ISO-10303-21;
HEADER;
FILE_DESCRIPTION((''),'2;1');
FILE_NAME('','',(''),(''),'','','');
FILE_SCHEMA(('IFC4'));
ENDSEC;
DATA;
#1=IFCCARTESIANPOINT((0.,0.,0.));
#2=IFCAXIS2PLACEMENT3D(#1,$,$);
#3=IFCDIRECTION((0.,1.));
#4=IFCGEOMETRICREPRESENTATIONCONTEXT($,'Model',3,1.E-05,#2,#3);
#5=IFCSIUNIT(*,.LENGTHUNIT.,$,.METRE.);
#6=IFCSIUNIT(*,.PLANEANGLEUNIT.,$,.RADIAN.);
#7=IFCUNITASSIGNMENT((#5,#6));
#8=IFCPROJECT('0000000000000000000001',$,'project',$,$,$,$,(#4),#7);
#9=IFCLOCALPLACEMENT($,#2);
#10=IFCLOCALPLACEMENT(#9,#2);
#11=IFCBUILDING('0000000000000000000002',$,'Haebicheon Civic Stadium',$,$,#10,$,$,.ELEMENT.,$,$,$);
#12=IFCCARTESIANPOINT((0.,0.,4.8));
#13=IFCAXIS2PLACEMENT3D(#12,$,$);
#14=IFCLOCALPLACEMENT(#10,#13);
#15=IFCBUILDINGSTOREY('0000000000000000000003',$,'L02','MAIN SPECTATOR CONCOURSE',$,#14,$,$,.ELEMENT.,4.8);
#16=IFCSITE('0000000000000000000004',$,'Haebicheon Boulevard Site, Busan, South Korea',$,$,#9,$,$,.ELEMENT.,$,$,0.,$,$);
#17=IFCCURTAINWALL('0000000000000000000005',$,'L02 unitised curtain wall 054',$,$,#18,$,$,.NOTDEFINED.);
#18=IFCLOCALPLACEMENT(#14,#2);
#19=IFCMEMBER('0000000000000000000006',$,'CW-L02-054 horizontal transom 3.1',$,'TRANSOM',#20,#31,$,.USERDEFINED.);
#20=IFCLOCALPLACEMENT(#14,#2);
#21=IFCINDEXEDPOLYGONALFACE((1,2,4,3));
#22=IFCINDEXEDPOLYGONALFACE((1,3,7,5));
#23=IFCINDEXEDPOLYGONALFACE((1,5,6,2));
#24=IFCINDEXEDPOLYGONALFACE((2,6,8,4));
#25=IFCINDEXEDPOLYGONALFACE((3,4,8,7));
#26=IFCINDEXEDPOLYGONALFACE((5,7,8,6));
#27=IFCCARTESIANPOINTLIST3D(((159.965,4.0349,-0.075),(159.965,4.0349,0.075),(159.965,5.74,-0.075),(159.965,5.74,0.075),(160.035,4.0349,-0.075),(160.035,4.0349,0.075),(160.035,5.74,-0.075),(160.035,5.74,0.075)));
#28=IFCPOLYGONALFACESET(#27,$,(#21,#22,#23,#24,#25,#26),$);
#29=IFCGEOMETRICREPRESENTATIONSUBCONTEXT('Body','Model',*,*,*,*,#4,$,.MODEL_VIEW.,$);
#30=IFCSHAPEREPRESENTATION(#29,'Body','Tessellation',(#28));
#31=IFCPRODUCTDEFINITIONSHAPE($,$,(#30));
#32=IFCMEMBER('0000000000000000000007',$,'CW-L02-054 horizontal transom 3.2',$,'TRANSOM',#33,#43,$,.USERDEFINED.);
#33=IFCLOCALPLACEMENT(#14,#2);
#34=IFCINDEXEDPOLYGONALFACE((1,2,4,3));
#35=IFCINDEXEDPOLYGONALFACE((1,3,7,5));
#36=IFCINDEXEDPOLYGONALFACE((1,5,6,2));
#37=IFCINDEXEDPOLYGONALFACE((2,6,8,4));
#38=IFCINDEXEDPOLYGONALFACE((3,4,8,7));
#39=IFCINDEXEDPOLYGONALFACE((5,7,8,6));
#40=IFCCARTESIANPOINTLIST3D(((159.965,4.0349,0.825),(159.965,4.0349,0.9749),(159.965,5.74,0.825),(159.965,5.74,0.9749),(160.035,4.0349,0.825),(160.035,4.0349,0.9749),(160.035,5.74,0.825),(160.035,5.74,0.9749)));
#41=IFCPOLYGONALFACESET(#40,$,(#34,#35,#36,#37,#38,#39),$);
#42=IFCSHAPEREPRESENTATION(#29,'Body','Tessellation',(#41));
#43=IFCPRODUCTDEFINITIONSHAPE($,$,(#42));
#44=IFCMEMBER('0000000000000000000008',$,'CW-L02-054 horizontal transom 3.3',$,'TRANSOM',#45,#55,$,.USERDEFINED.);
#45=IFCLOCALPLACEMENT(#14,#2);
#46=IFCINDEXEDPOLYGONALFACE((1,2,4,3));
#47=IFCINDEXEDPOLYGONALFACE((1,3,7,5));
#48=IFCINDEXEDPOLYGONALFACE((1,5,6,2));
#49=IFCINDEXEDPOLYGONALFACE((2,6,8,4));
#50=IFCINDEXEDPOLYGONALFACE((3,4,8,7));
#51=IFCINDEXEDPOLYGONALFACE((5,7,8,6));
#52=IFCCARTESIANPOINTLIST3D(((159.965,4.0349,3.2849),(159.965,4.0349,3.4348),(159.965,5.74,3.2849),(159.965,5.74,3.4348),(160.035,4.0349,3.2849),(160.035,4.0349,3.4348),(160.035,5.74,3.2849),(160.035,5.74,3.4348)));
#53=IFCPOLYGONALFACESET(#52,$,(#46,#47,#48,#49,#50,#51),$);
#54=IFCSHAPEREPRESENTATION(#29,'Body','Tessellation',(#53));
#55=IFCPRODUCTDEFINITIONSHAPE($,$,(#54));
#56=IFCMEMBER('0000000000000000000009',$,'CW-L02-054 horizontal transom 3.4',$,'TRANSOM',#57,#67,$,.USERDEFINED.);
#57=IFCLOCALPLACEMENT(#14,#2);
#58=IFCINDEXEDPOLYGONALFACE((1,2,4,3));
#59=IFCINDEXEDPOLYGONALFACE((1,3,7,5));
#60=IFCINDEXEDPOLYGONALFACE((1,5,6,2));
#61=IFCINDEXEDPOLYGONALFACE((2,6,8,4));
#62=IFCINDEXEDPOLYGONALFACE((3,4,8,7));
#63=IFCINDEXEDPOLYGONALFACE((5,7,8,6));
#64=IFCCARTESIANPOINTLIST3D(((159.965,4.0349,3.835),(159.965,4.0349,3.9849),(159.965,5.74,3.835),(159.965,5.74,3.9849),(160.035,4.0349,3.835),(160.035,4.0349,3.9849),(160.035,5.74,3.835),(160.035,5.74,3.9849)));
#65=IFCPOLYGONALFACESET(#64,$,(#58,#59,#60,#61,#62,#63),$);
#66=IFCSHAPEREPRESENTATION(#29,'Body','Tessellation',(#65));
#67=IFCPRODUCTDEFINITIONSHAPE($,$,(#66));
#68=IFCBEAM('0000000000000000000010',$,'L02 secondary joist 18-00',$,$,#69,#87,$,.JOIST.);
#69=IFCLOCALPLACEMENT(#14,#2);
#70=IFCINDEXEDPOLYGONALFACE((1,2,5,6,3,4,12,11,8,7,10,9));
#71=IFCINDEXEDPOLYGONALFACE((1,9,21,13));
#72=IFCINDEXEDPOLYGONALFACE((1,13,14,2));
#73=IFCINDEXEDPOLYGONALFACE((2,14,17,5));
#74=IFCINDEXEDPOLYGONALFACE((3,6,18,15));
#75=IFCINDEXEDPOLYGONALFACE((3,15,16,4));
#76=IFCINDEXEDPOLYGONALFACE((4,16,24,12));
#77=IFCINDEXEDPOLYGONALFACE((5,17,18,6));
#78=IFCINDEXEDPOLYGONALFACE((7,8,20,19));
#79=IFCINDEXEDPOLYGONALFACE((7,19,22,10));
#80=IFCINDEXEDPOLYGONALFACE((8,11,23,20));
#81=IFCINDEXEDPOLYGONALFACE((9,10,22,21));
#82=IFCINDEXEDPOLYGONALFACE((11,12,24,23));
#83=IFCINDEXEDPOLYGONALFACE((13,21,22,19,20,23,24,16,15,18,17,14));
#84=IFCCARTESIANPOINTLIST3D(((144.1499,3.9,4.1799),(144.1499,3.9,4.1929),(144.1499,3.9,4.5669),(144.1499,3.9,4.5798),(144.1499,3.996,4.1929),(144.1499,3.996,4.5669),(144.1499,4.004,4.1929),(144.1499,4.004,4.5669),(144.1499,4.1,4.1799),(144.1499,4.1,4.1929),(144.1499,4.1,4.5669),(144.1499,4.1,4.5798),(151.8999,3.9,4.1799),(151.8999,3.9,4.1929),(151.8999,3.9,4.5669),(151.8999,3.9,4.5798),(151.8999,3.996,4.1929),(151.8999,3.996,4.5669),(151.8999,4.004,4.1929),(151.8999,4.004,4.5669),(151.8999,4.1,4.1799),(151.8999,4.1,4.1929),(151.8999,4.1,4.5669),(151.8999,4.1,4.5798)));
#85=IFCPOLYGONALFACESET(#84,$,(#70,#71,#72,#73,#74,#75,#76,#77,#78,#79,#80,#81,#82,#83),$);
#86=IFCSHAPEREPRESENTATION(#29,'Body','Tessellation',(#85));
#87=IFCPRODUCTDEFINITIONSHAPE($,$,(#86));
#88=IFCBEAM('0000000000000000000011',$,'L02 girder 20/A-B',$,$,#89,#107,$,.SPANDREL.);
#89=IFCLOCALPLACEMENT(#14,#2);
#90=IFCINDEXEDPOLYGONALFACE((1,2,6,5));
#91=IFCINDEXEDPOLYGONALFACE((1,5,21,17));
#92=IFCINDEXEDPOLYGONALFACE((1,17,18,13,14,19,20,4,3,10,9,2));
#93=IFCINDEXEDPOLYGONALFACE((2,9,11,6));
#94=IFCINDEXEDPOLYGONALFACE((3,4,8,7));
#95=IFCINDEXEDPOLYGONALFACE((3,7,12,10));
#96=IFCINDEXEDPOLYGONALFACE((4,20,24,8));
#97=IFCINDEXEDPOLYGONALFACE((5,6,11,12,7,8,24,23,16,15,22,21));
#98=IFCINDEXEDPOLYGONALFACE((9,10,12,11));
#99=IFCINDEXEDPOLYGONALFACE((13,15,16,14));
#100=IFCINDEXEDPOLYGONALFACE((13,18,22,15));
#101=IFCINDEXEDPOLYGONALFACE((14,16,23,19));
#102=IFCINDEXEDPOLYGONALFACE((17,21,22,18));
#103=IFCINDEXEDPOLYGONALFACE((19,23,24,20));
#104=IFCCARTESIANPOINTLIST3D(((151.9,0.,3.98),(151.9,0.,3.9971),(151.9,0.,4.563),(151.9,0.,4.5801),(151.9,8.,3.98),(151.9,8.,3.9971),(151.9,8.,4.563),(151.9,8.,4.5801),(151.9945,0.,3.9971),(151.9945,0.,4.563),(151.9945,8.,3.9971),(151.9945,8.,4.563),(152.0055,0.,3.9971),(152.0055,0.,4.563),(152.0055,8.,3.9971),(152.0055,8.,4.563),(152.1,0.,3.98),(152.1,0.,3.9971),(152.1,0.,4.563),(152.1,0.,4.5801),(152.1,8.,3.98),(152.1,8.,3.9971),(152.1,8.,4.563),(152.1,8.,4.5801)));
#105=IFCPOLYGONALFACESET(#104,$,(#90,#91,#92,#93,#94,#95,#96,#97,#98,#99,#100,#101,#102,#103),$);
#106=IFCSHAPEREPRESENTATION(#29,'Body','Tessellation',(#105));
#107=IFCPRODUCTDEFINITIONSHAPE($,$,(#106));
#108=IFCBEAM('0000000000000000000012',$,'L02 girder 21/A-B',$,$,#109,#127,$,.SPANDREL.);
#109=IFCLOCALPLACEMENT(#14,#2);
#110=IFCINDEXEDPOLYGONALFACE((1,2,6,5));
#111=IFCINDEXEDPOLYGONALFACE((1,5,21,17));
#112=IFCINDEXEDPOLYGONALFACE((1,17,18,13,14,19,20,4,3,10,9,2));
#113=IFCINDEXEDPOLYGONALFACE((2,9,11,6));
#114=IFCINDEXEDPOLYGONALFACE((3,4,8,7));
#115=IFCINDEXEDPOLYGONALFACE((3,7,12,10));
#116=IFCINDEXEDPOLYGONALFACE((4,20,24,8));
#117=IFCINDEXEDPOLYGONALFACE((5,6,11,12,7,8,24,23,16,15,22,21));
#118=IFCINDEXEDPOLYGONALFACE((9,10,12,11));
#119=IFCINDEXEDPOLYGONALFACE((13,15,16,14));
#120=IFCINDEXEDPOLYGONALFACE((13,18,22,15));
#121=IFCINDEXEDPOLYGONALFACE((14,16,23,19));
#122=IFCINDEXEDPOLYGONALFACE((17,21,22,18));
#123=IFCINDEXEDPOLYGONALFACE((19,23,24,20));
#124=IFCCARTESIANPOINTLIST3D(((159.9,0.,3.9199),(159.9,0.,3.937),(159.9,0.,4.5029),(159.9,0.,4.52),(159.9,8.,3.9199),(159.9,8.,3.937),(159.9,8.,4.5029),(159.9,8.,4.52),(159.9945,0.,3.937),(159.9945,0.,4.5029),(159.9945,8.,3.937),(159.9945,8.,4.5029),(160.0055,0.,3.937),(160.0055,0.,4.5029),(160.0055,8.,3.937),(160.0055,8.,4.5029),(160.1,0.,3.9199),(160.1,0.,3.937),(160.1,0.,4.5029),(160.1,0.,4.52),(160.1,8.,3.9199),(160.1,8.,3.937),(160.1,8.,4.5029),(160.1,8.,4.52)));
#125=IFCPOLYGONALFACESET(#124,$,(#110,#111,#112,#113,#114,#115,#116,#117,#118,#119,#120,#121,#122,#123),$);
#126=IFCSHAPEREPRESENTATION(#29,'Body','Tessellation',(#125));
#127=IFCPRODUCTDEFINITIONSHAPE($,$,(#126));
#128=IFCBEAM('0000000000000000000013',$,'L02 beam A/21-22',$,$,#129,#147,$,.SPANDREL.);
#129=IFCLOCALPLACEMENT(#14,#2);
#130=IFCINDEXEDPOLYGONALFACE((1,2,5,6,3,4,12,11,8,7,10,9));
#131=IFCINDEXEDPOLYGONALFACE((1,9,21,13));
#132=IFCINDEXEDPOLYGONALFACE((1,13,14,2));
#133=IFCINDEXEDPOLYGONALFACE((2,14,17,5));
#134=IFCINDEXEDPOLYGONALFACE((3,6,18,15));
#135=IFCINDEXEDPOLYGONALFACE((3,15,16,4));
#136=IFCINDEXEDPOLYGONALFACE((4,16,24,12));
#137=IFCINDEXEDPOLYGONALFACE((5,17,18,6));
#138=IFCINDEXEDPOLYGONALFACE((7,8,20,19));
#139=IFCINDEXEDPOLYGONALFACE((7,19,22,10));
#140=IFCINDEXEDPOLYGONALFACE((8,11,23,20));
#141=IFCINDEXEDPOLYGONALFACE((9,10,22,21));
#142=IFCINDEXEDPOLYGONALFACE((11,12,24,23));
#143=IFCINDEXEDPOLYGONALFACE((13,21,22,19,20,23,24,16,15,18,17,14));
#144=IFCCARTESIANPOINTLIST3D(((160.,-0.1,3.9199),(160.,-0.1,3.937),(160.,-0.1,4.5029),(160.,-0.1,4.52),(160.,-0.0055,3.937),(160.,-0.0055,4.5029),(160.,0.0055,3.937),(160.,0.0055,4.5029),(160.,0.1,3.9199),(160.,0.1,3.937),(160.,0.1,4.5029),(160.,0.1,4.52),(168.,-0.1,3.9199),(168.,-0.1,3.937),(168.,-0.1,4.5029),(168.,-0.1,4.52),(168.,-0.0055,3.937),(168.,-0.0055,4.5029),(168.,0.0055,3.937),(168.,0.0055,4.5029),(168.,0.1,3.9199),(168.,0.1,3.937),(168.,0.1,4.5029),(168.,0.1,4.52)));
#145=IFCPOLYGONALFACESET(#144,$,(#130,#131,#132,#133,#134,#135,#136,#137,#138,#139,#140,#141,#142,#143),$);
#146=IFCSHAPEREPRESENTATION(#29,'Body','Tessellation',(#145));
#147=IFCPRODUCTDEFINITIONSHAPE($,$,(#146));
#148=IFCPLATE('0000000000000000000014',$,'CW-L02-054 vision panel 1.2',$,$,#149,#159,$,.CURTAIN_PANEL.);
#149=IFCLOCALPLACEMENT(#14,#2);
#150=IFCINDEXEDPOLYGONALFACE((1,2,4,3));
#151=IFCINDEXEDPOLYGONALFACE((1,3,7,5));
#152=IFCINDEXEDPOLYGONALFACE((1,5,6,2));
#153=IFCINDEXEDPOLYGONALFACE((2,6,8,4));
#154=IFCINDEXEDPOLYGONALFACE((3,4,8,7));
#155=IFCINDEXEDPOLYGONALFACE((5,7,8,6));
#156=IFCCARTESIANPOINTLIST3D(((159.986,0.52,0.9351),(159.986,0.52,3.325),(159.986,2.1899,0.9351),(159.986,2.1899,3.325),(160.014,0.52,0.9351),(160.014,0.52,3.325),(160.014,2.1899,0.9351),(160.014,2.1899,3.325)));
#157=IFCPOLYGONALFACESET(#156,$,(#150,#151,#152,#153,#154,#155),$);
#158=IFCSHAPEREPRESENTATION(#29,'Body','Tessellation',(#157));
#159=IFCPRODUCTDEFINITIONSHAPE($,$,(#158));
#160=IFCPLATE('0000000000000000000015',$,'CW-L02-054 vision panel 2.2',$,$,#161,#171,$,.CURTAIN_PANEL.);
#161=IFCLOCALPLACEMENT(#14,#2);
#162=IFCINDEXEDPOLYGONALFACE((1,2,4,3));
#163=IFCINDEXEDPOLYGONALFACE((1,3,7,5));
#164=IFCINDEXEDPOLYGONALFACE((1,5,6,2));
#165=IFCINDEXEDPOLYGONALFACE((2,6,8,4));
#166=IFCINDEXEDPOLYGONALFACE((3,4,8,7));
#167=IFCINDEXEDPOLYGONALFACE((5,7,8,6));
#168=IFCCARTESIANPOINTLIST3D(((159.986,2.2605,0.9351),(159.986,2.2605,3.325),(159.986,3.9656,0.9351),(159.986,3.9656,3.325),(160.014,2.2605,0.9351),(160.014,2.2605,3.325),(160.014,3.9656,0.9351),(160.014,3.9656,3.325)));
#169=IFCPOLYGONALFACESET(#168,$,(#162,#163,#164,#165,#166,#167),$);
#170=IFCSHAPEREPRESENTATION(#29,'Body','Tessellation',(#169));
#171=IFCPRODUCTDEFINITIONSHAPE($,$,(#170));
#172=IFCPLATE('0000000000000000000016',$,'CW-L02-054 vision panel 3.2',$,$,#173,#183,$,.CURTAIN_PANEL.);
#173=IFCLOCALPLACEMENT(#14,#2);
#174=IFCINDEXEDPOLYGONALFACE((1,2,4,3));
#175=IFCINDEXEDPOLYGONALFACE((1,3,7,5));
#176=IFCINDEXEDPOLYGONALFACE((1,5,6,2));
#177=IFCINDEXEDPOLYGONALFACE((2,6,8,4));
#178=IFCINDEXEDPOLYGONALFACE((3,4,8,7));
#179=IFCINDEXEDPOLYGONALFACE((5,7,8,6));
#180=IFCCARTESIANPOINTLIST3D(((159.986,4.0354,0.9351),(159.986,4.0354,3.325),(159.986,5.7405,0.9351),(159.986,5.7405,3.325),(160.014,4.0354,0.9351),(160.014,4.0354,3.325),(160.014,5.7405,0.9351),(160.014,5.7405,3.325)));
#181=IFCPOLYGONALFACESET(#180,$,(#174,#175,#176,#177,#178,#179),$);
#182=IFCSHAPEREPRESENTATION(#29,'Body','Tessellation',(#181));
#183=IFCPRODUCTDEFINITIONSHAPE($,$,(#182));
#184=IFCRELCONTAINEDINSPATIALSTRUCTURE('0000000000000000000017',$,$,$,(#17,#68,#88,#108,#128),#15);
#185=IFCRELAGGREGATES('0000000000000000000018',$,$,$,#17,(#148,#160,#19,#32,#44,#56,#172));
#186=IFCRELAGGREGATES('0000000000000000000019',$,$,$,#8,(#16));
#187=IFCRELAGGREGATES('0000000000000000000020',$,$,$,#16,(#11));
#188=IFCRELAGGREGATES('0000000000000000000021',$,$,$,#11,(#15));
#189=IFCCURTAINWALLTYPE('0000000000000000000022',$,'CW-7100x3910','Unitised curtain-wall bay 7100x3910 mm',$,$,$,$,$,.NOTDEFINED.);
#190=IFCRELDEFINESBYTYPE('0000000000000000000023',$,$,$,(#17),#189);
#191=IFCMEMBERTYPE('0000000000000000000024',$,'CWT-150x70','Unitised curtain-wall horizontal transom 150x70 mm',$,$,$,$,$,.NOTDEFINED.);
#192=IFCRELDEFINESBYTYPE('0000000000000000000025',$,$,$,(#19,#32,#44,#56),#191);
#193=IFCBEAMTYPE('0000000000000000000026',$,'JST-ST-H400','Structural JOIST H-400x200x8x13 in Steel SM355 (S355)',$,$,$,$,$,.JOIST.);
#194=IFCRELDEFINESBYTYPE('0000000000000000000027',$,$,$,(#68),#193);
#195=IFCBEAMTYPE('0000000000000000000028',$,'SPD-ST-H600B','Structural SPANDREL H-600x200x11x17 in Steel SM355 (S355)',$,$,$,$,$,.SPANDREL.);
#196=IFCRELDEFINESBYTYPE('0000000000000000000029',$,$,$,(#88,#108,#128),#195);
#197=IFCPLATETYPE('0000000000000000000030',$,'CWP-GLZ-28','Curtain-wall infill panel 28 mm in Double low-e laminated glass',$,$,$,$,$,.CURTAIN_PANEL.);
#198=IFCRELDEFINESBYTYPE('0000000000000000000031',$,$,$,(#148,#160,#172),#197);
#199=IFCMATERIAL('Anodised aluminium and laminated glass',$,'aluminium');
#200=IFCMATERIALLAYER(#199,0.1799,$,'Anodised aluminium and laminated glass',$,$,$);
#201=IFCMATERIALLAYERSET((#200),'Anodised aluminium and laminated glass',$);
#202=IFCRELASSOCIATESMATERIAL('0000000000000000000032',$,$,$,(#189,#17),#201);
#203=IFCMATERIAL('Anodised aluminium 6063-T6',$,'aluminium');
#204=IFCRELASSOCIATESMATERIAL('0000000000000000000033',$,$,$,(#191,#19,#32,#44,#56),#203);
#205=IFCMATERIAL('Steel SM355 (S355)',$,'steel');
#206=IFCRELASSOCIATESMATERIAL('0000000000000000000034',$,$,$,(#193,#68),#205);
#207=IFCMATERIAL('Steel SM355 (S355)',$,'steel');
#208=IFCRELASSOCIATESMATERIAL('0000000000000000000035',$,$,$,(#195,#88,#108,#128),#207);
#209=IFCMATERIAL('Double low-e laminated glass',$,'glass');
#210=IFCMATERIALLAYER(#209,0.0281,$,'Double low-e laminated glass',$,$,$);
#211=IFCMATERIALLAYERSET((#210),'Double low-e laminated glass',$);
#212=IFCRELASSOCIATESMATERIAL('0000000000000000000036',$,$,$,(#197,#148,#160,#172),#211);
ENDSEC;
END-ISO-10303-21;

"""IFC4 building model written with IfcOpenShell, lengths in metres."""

from ifc_helpers import new_model, si_unit, direction, frame, origin, origin_2d, place, context, subcontext, project, spatial, rectangle, i_section, extrude, material, layer, layer_set, material_profile, profile_set, type_object, element, aggregate, save


model = new_model("IFC4")

# Units and contexts
model_context = context("Model", 3, precision=1e-05, world=origin(), true_north=direction((0.0, 1.0)))
body_context = subcontext(model_context, "Body", "Model", "MODEL_VIEW")
ifc_project = project(units=[si_unit("LENGTHUNIT", "METRE"), si_unit("PLANEANGLEUNIT", "RADIAN")], contexts=[model_context])

# Site, building, storey
site_placement = place(None, origin())
site = spatial("IfcSite", under=ifc_project, at=site_placement, Name="Haebicheon Boulevard Site, Busan, South Korea", CompositionType="ELEMENT", RefElevation=0.0)
building_placement = place(site_placement, origin())
building = spatial("IfcBuilding", under=site, at=building_placement, Name="Haebicheon Civic Stadium", CompositionType="ELEMENT")
storey_placement = place(building_placement, frame((0.0, 0.0, 4.8)))
storey = spatial("IfcBuildingStorey", under=building, at=storey_placement, Name="L02", Description="MAIN SPECTATOR CONCOURSE", CompositionType="ELEMENT", Elevation=4.8)

# Curtain wall, members
ifc_material_1 = material(Name="Anodised aluminium and laminated glass", Category="aluminium")
ifc_layer_1 = layer(ifc_material_1, 0.1799, Name="Anodised aluminium and laminated glass")
ifc_layer_set_1 = layer_set([ifc_layer_1], Name="Anodised aluminium and laminated glass")
curtain_wall_type = type_object("IfcCurtainWallType", Name="CW-7100x3910", Description="Unitised curtain-wall bay 7100x3910 mm", PredefinedType="NOTDEFINED", material=ifc_layer_set_1)
curtain_wall_placement = place(storey_placement, origin())
curtain_wall = element("IfcCurtainWall", 1, at=curtain_wall_placement, inside=storey, type_object=curtain_wall_type, material=ifc_layer_set_1, Name="L02 unitised curtain wall 054", PredefinedType="NOTDEFINED")
ifc_material_2 = material(Name="Anodised aluminium 6063-T6", Category="aluminium")
ifc_material_profile_1 = material_profile(ifc_material_2, rectangle(XDim=0.0701, YDim=0.1499, at=origin_2d()), Name="ALU-TRAN-70x150")
ifc_profile_set_1 = profile_set([ifc_material_profile_1], Name="Anodised aluminium 6063-T6")
member_type_1 = type_object("IfcMemberType", Name="CWT-150x70", Description="Unitised curtain-wall horizontal transom 150x70 mm", PredefinedType="NOTDEFINED", material=ifc_profile_set_1)
member_1_placement = place(storey_placement, frame((160.0, 4.0349, 0.0), z_axis=(0.0, 1.0, 0.0), x_axis=(-1.0, 0.0, 0.0)))
member_1 = element("IfcMember", 2, at=member_1_placement, type_object=member_type_1, material=ifc_profile_set_1, Name="CW-L02-054 horizontal transom 3.1", ObjectType="TRANSOM", PredefinedType="USERDEFINED", context=body_context, shape_type="SweptSolid", body=[
    extrude(rectangle(XDim=0.0701, YDim=0.1499, at=origin_2d()), origin(), (0.0, 0.0, 1.0), 1.7051),
])
member_2_placement = place(storey_placement, frame((160.0, 4.0349, 0.8999), z_axis=(0.0, 1.0, 0.0), x_axis=(-1.0, 0.0, 0.0)))
member_2 = element("IfcMember", 3, at=member_2_placement, type_object=member_type_1, material=ifc_profile_set_1, Name="CW-L02-054 horizontal transom 3.2", ObjectType="TRANSOM", PredefinedType="USERDEFINED", context=body_context, shape_type="SweptSolid", body=[
    extrude(rectangle(XDim=0.0701, YDim=0.1499, at=origin_2d()), origin(), (0.0, 0.0, 1.0), 1.7051),
])
member_3_placement = place(storey_placement, frame((160.0, 4.0349, 3.3599), z_axis=(0.0, 1.0, 0.0), x_axis=(-1.0, 0.0, 0.0)))
member_3 = element("IfcMember", 4, at=member_3_placement, type_object=member_type_1, material=ifc_profile_set_1, Name="CW-L02-054 horizontal transom 3.3", ObjectType="TRANSOM", PredefinedType="USERDEFINED", context=body_context, shape_type="SweptSolid", body=[
    extrude(rectangle(XDim=0.0701, YDim=0.1499, at=origin_2d()), origin(), (0.0, 0.0, 1.0), 1.7051),
])
member_4_placement = place(storey_placement, frame((160.0, 4.0349, 3.9099), z_axis=(0.0, 1.0, 0.0), x_axis=(-1.0, 0.0, 0.0)))
member_4 = element("IfcMember", 5, at=member_4_placement, type_object=member_type_1, material=ifc_profile_set_1, Name="CW-L02-054 horizontal transom 3.4", ObjectType="TRANSOM", PredefinedType="USERDEFINED", context=body_context, shape_type="SweptSolid", body=[
    extrude(rectangle(XDim=0.0701, YDim=0.1499, at=origin_2d()), origin(), (0.0, 0.0, 1.0), 1.7051),
])

# Beams
ifc_material_3 = material(Name="Steel SM355 (S355)", Category="steel")
ifc_material_profile_2 = material_profile(ifc_material_3, i_section(OverallWidth=0.2, OverallDepth=0.3999, WebThickness=0.0081, FlangeThickness=0.0129, at=origin_2d()), Name="H-400x200x8x13")
ifc_profile_set_2 = profile_set([ifc_material_profile_2], Name="Steel SM355 (S355)")
beam_type_1 = type_object("IfcBeamType", Name="JST-ST-H400", Description="Structural JOIST H-400x200x8x13 in Steel SM355 (S355)", PredefinedType="JOIST", material=ifc_profile_set_2)
beam_placement = place(storey_placement, frame((144.1499, 4.0, 4.3799), z_axis=(1.0, 0.0, 0.0), x_axis=(0.0, 1.0, 0.0)))
element("IfcBeam", 6, at=beam_placement, inside=storey, type_object=beam_type_1, material=ifc_profile_set_2, Name="L02 secondary joist 18-00", PredefinedType="JOIST", context=body_context, shape_type="SweptSolid", body=[
    extrude(i_section(OverallWidth=0.2, OverallDepth=0.3999, WebThickness=0.0081, FlangeThickness=0.0129, at=origin_2d()), origin(), (0.0, 0.0, 1.0), 7.75),
])
ifc_material_4 = material(Name="Steel SM355 (S355)", Category="steel")
ifc_material_profile_3 = material_profile(ifc_material_4, i_section(OverallWidth=0.2, OverallDepth=0.6001, WebThickness=0.011, FlangeThickness=0.0171, at=origin_2d()), Name="H-600x200x11x17")
ifc_profile_set_3 = profile_set([ifc_material_profile_3], Name="Steel SM355 (S355)")
beam_type_2 = type_object("IfcBeamType", Name="SPD-ST-H600B", Description="Structural SPANDREL H-600x200x11x17 in Steel SM355 (S355)", PredefinedType="SPANDREL", material=ifc_profile_set_3)
for number, where, z_axis, x_axis, name in (
    (7, (152.0, 0.0, 4.28), (0.0, 1.0, 0.0), (-1.0, 0.0, 0.0), "L02 girder 20/A-B"),
    (8, (160.0, 0.0, 4.22), (0.0, 1.0, 0.0), (-1.0, 0.0, 0.0), "L02 girder 21/A-B"),
    (9, (160.0, 0.0, 4.22), (1.0, 0.0, 0.0), (0.0, 1.0, 0.0), "L02 beam A/21-22"),
):
    element("IfcBeam", number, at=place(storey_placement, frame(where, z_axis=z_axis, x_axis=x_axis)), inside=storey, type_object=beam_type_2, material=ifc_profile_set_3, Name=name, PredefinedType="SPANDREL", context=body_context, shape_type="SweptSolid", body=[
        extrude(i_section(OverallWidth=0.2, OverallDepth=0.6001, WebThickness=0.011, FlangeThickness=0.0171, at=origin_2d()), origin(), (0.0, 0.0, 1.0), 8.0),
    ])

# Plates
ifc_material_5 = material(Name="Double low-e laminated glass", Category="glass")
ifc_layer_2 = layer(ifc_material_5, 0.0281, Name="Double low-e laminated glass")
ifc_layer_set_2 = layer_set([ifc_layer_2], Name="Double low-e laminated glass")
plate_type_1 = type_object("IfcPlateType", Name="CWP-GLZ-28", Description="Curtain-wall infill panel 28 mm in Double low-e laminated glass", PredefinedType="CURTAIN_PANEL", material=ifc_layer_set_2)
plate_1_placement = place(storey_placement, frame((160.0, 1.355, 0.9351), z_axis=(0.0, 0.0, 1.0), x_axis=(0.0, 1.0, 0.0)))
plate_1 = element("IfcPlate", 10, at=plate_1_placement, type_object=plate_type_1, material=ifc_layer_set_2, Name="CW-L02-054 vision panel 1.2", PredefinedType="CURTAIN_PANEL", context=body_context, shape_type="SweptSolid", body=[
    extrude(rectangle(XDim=1.6699, YDim=0.0281, at=origin_2d()), origin(), (0.0, 0.0, 1.0), 2.3899),
])
plate_2_placement = place(storey_placement, frame((160.0, 3.113, 0.9351), z_axis=(0.0, 0.0, 1.0), x_axis=(0.0, 1.0, 0.0)))
plate_2 = element("IfcPlate", 11, at=plate_2_placement, type_object=plate_type_1, material=ifc_layer_set_2, Name="CW-L02-054 vision panel 2.2", PredefinedType="CURTAIN_PANEL", context=body_context, shape_type="SweptSolid", body=[
    extrude(rectangle(XDim=1.7051, YDim=0.0281, at=origin_2d()), origin(), (0.0, 0.0, 1.0), 2.3899),
])
plate_3_placement = place(storey_placement, frame((160.0, 4.8879, 0.9351), z_axis=(0.0, 0.0, 1.0), x_axis=(0.0, 1.0, 0.0)))
plate_3 = element("IfcPlate", 12, at=plate_3_placement, type_object=plate_type_1, material=ifc_layer_set_2, Name="CW-L02-054 vision panel 3.2", PredefinedType="CURTAIN_PANEL", context=body_context, shape_type="SweptSolid", body=[
    extrude(rectangle(XDim=1.7051, YDim=0.0281, at=origin_2d()), origin(), (0.0, 0.0, 1.0), 2.3899),
])
aggregate(curtain_wall, [plate_1, plate_2, member_1, member_2, member_3, member_4, plate_3])

save(model, "model.ifc")
